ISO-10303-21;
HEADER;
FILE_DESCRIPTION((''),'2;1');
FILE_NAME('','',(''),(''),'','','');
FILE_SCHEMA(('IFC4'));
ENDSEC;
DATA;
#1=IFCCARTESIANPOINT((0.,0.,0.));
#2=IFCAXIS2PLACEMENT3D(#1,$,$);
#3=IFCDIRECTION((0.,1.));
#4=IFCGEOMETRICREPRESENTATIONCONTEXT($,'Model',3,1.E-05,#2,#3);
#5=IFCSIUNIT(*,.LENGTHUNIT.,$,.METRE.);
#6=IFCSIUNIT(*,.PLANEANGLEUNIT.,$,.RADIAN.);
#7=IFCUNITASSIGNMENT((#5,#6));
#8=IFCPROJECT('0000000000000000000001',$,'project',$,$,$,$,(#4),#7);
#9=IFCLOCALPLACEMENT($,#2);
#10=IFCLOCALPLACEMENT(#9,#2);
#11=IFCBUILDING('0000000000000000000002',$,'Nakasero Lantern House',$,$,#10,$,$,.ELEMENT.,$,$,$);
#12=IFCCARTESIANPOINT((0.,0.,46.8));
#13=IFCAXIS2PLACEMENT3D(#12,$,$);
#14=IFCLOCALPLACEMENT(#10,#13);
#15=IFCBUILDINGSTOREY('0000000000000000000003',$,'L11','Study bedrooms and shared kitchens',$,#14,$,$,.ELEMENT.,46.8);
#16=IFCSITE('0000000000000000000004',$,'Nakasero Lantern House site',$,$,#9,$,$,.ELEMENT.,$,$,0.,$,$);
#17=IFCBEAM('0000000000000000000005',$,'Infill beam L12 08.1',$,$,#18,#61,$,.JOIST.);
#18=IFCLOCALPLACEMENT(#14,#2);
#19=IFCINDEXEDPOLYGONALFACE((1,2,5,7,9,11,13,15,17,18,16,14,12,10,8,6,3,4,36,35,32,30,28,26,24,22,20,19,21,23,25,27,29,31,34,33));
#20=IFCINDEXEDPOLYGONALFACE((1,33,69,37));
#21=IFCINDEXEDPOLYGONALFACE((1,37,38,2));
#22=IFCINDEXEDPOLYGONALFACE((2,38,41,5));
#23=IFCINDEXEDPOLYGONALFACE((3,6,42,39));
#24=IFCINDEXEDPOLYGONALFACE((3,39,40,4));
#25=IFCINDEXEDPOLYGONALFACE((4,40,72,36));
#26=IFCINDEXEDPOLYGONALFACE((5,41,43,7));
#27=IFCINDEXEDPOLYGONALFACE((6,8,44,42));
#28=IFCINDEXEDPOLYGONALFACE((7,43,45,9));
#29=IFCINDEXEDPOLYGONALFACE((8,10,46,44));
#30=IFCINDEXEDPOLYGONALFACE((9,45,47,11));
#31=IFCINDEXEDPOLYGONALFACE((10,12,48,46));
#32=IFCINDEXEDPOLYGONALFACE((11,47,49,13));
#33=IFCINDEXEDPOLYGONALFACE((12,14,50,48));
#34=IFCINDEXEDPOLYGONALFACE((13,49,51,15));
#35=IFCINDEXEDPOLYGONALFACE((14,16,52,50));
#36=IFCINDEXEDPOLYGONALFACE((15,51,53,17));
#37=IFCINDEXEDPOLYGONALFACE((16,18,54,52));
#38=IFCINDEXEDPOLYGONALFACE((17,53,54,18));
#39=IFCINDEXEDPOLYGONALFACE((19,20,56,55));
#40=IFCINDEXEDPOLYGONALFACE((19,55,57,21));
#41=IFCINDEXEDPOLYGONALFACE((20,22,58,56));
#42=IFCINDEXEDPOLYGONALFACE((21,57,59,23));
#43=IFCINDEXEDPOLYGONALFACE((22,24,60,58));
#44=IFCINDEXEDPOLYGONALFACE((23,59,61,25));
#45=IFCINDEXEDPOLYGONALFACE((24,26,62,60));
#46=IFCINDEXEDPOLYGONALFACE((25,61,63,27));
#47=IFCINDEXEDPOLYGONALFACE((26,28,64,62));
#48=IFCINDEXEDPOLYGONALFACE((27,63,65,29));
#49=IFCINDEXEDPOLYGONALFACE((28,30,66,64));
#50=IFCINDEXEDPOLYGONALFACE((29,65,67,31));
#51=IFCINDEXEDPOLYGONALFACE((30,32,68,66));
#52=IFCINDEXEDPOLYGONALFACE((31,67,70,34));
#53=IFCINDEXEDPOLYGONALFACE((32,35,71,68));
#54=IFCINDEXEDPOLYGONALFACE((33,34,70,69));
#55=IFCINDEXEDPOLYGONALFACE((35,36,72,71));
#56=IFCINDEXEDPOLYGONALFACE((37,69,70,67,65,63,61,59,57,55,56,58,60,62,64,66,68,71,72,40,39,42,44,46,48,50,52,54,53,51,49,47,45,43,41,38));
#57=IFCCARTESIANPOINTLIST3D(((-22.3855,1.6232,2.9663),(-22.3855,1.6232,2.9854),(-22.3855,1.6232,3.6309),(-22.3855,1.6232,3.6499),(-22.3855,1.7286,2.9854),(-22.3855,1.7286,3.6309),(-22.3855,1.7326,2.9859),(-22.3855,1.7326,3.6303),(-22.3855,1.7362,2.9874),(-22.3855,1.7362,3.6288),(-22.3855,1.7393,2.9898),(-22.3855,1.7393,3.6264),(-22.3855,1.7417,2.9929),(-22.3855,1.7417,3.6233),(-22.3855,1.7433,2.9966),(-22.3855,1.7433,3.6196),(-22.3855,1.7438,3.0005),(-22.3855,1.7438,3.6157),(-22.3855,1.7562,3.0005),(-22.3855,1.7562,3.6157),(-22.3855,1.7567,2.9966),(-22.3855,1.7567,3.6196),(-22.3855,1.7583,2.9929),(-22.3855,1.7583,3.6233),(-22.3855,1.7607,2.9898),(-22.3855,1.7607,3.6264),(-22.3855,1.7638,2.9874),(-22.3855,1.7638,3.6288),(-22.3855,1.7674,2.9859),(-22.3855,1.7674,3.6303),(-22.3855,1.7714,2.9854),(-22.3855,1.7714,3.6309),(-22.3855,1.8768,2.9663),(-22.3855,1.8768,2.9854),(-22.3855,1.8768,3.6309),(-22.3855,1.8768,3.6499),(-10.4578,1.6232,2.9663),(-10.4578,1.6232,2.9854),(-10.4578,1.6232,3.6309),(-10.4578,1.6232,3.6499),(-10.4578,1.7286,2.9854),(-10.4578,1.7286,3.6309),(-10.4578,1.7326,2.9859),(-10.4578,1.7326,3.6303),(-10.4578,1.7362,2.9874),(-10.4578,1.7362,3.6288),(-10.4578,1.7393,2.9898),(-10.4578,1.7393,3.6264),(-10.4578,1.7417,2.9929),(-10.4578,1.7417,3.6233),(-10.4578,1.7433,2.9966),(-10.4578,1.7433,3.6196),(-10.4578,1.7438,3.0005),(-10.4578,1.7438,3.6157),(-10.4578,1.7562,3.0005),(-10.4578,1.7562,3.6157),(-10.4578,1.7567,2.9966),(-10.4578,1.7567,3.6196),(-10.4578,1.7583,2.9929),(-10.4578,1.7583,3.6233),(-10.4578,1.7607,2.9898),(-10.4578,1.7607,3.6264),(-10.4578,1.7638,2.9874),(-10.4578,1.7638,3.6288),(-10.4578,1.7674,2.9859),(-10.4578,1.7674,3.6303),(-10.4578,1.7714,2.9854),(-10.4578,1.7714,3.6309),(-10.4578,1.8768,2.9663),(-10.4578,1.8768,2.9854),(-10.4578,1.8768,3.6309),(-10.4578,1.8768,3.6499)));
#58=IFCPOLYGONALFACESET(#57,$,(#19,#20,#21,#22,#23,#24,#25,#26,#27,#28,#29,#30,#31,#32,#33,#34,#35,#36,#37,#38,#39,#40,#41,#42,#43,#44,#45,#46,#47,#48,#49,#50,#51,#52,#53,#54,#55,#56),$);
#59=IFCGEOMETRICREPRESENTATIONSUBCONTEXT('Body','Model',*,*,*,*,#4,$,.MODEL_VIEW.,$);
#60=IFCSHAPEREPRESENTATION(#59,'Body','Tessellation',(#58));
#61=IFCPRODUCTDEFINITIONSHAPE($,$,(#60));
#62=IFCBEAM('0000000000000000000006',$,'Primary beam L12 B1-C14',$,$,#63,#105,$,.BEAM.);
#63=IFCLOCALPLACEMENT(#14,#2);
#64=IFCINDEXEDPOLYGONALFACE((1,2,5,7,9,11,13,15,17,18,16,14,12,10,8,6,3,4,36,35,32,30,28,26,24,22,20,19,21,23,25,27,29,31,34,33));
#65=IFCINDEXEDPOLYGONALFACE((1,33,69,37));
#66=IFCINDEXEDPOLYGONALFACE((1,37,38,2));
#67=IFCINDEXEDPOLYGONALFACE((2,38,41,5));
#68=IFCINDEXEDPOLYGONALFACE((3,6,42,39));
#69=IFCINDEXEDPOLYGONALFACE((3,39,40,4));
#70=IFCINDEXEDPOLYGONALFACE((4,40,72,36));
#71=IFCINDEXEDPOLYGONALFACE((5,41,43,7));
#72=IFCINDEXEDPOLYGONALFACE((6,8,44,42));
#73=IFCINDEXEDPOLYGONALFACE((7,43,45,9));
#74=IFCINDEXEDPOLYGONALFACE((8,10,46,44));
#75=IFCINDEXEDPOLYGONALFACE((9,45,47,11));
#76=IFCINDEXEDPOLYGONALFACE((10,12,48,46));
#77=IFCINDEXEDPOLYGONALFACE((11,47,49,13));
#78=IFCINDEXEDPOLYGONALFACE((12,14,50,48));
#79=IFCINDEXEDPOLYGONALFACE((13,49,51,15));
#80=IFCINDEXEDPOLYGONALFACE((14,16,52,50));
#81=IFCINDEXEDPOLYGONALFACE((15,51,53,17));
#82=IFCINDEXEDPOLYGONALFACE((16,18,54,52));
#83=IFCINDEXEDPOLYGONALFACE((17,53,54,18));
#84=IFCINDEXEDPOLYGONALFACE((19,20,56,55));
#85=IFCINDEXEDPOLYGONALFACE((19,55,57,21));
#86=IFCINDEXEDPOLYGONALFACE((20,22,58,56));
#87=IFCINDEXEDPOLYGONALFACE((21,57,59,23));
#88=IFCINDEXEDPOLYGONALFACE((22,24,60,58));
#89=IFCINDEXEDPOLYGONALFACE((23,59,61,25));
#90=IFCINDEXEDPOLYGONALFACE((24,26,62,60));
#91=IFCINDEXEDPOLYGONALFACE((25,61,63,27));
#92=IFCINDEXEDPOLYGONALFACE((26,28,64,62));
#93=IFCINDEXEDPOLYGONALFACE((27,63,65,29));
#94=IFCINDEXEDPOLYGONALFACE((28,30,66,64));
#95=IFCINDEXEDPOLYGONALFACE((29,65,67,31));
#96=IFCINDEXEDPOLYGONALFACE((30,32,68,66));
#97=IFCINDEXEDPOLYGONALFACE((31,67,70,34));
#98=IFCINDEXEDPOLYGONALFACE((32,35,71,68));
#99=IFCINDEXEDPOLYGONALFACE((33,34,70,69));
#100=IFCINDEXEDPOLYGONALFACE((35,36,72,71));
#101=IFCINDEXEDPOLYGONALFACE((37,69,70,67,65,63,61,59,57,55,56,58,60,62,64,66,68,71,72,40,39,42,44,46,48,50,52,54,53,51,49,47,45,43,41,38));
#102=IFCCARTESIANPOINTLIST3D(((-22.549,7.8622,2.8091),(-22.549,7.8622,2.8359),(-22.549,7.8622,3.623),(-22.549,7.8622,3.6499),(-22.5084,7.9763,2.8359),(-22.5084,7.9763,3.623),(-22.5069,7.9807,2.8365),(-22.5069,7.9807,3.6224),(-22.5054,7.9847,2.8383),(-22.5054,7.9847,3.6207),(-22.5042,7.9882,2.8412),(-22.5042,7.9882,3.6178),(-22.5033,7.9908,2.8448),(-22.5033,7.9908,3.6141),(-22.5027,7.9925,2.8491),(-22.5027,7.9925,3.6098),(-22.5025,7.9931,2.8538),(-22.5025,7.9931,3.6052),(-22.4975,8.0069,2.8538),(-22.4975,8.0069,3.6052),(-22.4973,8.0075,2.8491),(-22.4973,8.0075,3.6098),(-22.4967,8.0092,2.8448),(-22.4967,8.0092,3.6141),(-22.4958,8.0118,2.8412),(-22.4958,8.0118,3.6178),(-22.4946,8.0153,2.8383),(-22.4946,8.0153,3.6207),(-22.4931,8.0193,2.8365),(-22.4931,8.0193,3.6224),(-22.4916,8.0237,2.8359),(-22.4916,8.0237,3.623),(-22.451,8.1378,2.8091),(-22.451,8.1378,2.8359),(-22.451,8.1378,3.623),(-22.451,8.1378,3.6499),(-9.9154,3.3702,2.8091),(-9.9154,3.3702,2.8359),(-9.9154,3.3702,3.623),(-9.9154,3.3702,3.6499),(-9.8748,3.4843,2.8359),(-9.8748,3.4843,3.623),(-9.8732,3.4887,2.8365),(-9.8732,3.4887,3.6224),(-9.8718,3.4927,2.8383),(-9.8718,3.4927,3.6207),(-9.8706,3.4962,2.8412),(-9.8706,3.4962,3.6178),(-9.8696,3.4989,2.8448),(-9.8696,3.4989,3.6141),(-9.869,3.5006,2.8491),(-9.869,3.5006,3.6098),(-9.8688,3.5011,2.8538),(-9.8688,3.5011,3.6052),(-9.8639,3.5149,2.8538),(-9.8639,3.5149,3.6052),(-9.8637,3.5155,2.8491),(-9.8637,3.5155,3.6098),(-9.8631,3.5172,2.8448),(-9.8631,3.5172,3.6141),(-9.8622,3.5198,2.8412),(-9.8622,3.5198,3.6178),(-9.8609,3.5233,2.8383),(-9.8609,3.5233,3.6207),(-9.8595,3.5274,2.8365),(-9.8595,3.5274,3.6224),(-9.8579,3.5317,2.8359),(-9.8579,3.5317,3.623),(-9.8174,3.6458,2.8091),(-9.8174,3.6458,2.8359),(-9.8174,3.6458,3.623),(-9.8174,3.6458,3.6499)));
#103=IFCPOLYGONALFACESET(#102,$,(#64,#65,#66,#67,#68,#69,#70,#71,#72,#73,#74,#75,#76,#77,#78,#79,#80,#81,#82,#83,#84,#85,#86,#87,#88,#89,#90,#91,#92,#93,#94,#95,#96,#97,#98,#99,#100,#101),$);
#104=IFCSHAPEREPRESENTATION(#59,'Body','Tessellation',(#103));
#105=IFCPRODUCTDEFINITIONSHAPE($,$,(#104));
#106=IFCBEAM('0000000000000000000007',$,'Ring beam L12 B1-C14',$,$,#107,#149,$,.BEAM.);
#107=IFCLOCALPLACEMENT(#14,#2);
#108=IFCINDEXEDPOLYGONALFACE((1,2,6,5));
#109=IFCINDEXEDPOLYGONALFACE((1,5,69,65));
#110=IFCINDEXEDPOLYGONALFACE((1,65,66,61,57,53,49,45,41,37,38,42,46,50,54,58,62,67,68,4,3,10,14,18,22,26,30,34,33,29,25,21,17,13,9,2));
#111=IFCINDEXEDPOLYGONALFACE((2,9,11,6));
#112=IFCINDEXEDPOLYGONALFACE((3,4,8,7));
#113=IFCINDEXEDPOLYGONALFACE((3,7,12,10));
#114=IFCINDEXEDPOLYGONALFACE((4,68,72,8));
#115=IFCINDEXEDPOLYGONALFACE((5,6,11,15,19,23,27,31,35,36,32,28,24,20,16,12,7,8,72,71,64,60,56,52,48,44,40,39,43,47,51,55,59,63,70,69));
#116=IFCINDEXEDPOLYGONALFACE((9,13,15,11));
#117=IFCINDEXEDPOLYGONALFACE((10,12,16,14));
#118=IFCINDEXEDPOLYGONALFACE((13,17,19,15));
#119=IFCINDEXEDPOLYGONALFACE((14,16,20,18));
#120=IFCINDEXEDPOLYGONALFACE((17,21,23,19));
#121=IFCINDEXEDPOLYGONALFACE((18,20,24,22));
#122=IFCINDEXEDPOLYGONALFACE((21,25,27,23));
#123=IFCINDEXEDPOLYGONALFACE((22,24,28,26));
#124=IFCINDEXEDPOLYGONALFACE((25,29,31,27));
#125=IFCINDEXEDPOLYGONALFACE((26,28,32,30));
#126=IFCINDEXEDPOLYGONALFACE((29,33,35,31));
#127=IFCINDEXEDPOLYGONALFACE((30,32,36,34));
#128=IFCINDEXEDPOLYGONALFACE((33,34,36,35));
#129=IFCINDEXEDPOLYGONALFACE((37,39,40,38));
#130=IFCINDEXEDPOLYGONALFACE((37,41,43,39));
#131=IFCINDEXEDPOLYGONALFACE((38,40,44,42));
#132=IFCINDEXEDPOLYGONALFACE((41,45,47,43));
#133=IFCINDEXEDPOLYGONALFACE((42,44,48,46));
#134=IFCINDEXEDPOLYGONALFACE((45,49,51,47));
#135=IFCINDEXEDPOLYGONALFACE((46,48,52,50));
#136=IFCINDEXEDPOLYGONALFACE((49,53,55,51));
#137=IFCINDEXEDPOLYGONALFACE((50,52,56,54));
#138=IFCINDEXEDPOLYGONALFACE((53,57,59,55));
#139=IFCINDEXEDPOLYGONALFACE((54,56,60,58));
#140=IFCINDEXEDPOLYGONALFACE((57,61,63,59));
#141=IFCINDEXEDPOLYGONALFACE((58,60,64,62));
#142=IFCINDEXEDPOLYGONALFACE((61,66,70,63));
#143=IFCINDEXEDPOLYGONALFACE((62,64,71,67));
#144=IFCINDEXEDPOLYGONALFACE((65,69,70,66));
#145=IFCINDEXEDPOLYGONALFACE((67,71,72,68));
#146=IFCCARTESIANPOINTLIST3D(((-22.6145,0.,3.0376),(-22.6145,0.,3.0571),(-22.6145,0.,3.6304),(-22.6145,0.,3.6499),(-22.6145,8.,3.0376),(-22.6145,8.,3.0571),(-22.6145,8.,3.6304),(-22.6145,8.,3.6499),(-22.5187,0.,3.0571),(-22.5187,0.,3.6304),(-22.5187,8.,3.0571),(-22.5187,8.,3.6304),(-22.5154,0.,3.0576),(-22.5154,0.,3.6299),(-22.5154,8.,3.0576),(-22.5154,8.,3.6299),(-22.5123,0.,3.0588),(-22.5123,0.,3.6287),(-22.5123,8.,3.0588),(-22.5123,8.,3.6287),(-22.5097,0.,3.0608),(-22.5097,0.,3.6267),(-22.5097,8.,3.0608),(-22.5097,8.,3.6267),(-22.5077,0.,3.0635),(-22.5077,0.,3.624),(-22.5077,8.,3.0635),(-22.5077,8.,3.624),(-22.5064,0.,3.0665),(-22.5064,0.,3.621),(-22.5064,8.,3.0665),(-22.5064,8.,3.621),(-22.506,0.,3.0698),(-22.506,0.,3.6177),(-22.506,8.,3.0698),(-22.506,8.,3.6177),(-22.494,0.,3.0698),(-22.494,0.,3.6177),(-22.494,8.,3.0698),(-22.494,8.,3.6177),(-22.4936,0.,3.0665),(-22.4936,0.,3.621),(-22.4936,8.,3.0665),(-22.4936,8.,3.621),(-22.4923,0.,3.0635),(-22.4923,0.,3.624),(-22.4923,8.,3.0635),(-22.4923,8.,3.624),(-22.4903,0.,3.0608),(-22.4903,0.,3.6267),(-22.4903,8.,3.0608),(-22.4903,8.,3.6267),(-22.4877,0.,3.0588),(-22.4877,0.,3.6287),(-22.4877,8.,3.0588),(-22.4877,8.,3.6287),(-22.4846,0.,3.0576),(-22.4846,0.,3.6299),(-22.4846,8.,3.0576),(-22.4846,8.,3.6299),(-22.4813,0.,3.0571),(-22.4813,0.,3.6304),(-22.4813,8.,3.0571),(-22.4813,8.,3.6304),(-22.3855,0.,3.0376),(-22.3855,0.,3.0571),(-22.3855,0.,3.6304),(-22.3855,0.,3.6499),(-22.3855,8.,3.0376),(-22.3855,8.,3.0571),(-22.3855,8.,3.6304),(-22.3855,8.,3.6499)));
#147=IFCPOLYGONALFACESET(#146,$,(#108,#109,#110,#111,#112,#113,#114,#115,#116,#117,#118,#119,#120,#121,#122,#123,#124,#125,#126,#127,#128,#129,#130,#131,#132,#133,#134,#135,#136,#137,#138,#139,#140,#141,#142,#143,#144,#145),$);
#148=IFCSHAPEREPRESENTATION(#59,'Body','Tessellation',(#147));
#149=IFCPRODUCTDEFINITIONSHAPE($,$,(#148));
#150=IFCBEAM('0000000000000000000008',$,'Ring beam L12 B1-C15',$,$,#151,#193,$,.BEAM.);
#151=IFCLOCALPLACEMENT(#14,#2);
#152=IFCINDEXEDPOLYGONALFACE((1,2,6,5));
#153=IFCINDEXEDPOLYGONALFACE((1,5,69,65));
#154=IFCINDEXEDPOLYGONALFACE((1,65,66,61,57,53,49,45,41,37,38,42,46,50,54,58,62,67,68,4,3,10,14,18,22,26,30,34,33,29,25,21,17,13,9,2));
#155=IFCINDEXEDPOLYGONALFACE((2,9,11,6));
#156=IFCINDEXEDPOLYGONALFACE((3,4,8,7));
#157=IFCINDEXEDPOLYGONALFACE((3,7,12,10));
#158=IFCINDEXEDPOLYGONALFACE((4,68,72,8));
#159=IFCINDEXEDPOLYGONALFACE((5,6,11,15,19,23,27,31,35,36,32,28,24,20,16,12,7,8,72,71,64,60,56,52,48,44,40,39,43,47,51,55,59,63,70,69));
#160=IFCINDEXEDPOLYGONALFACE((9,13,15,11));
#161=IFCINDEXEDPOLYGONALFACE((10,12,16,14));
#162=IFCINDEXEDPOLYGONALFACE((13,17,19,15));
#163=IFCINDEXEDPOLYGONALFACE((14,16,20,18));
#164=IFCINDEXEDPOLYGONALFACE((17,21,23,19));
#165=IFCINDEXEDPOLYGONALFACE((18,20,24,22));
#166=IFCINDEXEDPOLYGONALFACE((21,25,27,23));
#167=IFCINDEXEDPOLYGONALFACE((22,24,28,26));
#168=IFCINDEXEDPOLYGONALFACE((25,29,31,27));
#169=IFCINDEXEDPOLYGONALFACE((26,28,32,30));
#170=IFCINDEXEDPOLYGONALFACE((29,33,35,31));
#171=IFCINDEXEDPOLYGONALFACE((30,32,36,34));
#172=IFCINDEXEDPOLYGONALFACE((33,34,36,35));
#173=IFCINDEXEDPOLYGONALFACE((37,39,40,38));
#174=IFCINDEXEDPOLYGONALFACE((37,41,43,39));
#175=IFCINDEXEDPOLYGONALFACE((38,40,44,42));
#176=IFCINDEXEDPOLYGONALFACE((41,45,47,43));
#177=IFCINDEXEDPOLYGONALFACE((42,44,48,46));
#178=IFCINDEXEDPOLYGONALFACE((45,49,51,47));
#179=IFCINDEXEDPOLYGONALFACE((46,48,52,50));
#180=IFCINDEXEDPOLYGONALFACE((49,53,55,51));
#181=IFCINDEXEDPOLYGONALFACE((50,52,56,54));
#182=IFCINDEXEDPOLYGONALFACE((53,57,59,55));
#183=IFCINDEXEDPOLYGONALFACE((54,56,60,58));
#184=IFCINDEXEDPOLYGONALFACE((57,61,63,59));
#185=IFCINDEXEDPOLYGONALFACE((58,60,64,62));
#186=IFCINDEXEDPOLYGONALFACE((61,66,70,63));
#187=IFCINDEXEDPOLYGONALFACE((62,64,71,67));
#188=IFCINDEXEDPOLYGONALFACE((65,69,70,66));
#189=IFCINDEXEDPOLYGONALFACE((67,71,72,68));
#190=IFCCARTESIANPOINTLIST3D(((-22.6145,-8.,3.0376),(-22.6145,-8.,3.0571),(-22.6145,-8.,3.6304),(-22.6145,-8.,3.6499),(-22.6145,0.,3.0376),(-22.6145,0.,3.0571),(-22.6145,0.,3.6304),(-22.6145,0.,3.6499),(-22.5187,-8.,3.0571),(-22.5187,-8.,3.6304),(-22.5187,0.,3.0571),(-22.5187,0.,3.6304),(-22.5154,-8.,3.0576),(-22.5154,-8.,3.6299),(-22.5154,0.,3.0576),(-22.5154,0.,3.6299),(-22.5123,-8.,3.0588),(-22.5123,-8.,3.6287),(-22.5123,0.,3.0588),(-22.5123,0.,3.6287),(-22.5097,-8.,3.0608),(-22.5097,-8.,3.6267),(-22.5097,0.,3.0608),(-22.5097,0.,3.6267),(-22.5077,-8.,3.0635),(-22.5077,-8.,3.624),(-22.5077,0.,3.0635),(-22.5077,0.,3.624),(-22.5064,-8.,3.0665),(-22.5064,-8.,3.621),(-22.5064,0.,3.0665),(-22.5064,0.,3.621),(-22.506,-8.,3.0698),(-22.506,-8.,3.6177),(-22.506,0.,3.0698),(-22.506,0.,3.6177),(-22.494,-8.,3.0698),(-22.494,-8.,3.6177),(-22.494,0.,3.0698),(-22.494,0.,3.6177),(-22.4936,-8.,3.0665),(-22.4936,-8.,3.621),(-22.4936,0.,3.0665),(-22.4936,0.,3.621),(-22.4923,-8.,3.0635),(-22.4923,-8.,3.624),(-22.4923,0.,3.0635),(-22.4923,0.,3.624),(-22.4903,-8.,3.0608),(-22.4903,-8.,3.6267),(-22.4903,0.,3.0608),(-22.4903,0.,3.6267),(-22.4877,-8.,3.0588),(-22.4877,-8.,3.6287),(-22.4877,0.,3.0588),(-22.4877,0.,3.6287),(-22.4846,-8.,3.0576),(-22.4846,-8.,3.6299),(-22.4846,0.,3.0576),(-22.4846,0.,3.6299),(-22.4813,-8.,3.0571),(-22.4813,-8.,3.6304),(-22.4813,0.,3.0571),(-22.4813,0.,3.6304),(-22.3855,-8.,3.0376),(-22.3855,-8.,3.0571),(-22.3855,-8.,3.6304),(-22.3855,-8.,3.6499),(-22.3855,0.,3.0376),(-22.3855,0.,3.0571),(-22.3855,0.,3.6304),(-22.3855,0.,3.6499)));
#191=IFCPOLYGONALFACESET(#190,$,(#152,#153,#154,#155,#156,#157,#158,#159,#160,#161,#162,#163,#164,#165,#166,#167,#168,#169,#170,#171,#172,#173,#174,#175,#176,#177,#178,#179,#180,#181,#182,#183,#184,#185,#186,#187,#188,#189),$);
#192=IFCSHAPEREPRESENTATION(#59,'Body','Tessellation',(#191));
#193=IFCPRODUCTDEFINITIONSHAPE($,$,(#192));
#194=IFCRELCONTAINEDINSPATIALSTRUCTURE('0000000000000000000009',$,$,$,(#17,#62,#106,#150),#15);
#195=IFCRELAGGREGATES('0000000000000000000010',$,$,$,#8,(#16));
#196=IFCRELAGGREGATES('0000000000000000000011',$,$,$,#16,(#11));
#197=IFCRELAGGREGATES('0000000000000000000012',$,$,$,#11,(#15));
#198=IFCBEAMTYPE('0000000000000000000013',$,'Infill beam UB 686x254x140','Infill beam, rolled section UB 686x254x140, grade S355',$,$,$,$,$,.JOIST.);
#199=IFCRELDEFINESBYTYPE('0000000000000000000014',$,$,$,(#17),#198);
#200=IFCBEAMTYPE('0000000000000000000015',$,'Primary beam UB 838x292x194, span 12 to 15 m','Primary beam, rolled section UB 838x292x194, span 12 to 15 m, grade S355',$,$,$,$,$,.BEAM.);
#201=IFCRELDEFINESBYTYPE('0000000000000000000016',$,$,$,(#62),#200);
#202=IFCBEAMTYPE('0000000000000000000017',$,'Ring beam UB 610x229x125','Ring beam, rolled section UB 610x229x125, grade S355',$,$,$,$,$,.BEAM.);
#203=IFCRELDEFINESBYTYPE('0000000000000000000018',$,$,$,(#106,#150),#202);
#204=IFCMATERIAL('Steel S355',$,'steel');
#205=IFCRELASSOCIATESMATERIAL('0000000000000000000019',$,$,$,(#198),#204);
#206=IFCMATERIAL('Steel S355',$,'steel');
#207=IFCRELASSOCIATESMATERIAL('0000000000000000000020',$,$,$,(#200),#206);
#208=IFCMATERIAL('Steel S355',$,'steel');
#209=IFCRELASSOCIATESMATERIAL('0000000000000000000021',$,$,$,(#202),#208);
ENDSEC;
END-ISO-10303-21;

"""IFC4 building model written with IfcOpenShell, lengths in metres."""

from ifc_helpers import new_model, si_unit, direction, frame, origin, origin_2d, place, context, subcontext, project, spatial, i_section, extrude, material, material_profile, profile_set, type_object, element, save


model = new_model("IFC4")

# Units and contexts
model_context = context("Model", 3, precision=1e-05, world=origin(), true_north=direction((0.0, 1.0)))
body_context = subcontext(model_context, "Body", "Model", "MODEL_VIEW")
ifc_project = project(units=[si_unit("LENGTHUNIT", "METRE"), si_unit("PLANEANGLEUNIT", "RADIAN")], contexts=[model_context])

# Site, building, storey
site_placement = place(None, origin())
site = spatial("IfcSite", under=ifc_project, at=site_placement, Name="Nakasero Lantern House site", CompositionType="ELEMENT", RefElevation=0.0)
building_placement = place(site_placement, origin())
building = spatial("IfcBuilding", under=site, at=building_placement, Name="Nakasero Lantern House", CompositionType="ELEMENT")
storey_placement = place(building_placement, frame((0.0, 0.0, 46.8)))
storey = spatial("IfcBuildingStorey", under=building, at=storey_placement, Name="L11", Description="Study bedrooms and shared kitchens", CompositionType="ELEMENT", Elevation=46.8)

# Beams
ifc_material_1 = material(Name="Steel S355", Category="steel")
ifc_material_profile_1 = material_profile(ifc_material_1, i_section(OverallWidth=0.2537, OverallDepth=0.6836, WebThickness=0.0125, FlangeThickness=0.019, FilletRadius=0.0151, at=origin_2d()), Name="UB 686x254x140")
ifc_profile_set_1 = profile_set([ifc_material_profile_1], Name="Steel S355")
beam_type_1 = type_object("IfcBeamType", Name="Infill beam UB 686x254x140", Description="Infill beam, rolled section UB 686x254x140, grade S355", PredefinedType="JOIST", material=ifc_profile_set_1)
beam_1_placement = place(storey_placement, frame((-22.3855, 1.75, 3.3081), z_axis=(1.0, 0.0, 0.0), x_axis=(0.0, 1.0, 0.0)))
element("IfcBeam", 1, at=beam_1_placement, inside=storey, type_object=beam_type_1, Name="Infill beam L12 08.1", PredefinedType="JOIST", context=body_context, shape_type="SweptSolid", body=[
    extrude(i_section(OverallWidth=0.2537, OverallDepth=0.6836, WebThickness=0.0125, FlangeThickness=0.019, FilletRadius=0.0151, at=origin_2d()), origin(), (0.0, 0.0, 1.0), 11.9277),
])
ifc_material_2 = material(Name="Steel S355", Category="steel")
ifc_material_profile_2 = material_profile(ifc_material_2, i_section(OverallWidth=0.2925, OverallDepth=0.8408, WebThickness=0.0146, FlangeThickness=0.0269, FilletRadius=0.0178, at=origin_2d()), Name="UB 838x292x194")
ifc_profile_set_2 = profile_set([ifc_material_profile_2], Name="Steel S355")
beam_type_2 = type_object("IfcBeamType", Name="Primary beam UB 838x292x194, span 12 to 15 m", Description="Primary beam, rolled section UB 838x292x194, span 12 to 15 m, grade S355", PredefinedType="BEAM", material=ifc_profile_set_2)
beam_2_placement = place(storey_placement, frame((-22.5, 8.0, 3.2295), z_axis=(0.942214, -0.335011, 0.0), x_axis=(0.335011, 0.942214, 0.0)))
element("IfcBeam", 2, at=beam_2_placement, inside=storey, type_object=beam_type_2, Name="Primary beam L12 B1-C14", PredefinedType="BEAM", context=body_context, shape_type="SweptSolid", body=[
    extrude(i_section(OverallWidth=0.2925, OverallDepth=0.8408, WebThickness=0.0146, FlangeThickness=0.0269, FilletRadius=0.0178, at=origin_2d()), origin(), (0.0, 0.0, 1.0), 13.4084),
])
ifc_material_3 = material(Name="Steel S355", Category="steel")
ifc_material_profile_3 = material_profile(ifc_material_3, i_section(OverallWidth=0.229, OverallDepth=0.6123, WebThickness=0.012, FlangeThickness=0.0195, FilletRadius=0.0127, at=origin_2d()), Name="UB 610x229x125")
ifc_profile_set_3 = profile_set([ifc_material_profile_3], Name="Steel S355")
beam_type_3 = type_object("IfcBeamType", Name="Ring beam UB 610x229x125", Description="Ring beam, rolled section UB 610x229x125, grade S355", PredefinedType="BEAM", material=ifc_profile_set_3)
for number, where, z_axis, x_axis, name in (
    (3, (-22.5, 8.0, 3.3438), (0.0, -1.0, 0.0), (1.0, 0.0, 0.0), "Ring beam L12 B1-C14"),
    (4, (-22.5, 0.0, 3.3438), (0.0, -1.0, 0.0), (1.0, 0.0, 0.0), "Ring beam L12 B1-C15"),
):
    element("IfcBeam", number, at=place(storey_placement, frame(where, z_axis=z_axis, x_axis=x_axis)), inside=storey, type_object=beam_type_3, Name=name, PredefinedType="BEAM", context=body_context, shape_type="SweptSolid", body=[
        extrude(i_section(OverallWidth=0.229, OverallDepth=0.6123, WebThickness=0.012, FlangeThickness=0.0195, FilletRadius=0.0127, at=origin_2d()), origin(), (0.0, 0.0, 1.0), 8.0),
    ])

save(model, "model.ifc")
